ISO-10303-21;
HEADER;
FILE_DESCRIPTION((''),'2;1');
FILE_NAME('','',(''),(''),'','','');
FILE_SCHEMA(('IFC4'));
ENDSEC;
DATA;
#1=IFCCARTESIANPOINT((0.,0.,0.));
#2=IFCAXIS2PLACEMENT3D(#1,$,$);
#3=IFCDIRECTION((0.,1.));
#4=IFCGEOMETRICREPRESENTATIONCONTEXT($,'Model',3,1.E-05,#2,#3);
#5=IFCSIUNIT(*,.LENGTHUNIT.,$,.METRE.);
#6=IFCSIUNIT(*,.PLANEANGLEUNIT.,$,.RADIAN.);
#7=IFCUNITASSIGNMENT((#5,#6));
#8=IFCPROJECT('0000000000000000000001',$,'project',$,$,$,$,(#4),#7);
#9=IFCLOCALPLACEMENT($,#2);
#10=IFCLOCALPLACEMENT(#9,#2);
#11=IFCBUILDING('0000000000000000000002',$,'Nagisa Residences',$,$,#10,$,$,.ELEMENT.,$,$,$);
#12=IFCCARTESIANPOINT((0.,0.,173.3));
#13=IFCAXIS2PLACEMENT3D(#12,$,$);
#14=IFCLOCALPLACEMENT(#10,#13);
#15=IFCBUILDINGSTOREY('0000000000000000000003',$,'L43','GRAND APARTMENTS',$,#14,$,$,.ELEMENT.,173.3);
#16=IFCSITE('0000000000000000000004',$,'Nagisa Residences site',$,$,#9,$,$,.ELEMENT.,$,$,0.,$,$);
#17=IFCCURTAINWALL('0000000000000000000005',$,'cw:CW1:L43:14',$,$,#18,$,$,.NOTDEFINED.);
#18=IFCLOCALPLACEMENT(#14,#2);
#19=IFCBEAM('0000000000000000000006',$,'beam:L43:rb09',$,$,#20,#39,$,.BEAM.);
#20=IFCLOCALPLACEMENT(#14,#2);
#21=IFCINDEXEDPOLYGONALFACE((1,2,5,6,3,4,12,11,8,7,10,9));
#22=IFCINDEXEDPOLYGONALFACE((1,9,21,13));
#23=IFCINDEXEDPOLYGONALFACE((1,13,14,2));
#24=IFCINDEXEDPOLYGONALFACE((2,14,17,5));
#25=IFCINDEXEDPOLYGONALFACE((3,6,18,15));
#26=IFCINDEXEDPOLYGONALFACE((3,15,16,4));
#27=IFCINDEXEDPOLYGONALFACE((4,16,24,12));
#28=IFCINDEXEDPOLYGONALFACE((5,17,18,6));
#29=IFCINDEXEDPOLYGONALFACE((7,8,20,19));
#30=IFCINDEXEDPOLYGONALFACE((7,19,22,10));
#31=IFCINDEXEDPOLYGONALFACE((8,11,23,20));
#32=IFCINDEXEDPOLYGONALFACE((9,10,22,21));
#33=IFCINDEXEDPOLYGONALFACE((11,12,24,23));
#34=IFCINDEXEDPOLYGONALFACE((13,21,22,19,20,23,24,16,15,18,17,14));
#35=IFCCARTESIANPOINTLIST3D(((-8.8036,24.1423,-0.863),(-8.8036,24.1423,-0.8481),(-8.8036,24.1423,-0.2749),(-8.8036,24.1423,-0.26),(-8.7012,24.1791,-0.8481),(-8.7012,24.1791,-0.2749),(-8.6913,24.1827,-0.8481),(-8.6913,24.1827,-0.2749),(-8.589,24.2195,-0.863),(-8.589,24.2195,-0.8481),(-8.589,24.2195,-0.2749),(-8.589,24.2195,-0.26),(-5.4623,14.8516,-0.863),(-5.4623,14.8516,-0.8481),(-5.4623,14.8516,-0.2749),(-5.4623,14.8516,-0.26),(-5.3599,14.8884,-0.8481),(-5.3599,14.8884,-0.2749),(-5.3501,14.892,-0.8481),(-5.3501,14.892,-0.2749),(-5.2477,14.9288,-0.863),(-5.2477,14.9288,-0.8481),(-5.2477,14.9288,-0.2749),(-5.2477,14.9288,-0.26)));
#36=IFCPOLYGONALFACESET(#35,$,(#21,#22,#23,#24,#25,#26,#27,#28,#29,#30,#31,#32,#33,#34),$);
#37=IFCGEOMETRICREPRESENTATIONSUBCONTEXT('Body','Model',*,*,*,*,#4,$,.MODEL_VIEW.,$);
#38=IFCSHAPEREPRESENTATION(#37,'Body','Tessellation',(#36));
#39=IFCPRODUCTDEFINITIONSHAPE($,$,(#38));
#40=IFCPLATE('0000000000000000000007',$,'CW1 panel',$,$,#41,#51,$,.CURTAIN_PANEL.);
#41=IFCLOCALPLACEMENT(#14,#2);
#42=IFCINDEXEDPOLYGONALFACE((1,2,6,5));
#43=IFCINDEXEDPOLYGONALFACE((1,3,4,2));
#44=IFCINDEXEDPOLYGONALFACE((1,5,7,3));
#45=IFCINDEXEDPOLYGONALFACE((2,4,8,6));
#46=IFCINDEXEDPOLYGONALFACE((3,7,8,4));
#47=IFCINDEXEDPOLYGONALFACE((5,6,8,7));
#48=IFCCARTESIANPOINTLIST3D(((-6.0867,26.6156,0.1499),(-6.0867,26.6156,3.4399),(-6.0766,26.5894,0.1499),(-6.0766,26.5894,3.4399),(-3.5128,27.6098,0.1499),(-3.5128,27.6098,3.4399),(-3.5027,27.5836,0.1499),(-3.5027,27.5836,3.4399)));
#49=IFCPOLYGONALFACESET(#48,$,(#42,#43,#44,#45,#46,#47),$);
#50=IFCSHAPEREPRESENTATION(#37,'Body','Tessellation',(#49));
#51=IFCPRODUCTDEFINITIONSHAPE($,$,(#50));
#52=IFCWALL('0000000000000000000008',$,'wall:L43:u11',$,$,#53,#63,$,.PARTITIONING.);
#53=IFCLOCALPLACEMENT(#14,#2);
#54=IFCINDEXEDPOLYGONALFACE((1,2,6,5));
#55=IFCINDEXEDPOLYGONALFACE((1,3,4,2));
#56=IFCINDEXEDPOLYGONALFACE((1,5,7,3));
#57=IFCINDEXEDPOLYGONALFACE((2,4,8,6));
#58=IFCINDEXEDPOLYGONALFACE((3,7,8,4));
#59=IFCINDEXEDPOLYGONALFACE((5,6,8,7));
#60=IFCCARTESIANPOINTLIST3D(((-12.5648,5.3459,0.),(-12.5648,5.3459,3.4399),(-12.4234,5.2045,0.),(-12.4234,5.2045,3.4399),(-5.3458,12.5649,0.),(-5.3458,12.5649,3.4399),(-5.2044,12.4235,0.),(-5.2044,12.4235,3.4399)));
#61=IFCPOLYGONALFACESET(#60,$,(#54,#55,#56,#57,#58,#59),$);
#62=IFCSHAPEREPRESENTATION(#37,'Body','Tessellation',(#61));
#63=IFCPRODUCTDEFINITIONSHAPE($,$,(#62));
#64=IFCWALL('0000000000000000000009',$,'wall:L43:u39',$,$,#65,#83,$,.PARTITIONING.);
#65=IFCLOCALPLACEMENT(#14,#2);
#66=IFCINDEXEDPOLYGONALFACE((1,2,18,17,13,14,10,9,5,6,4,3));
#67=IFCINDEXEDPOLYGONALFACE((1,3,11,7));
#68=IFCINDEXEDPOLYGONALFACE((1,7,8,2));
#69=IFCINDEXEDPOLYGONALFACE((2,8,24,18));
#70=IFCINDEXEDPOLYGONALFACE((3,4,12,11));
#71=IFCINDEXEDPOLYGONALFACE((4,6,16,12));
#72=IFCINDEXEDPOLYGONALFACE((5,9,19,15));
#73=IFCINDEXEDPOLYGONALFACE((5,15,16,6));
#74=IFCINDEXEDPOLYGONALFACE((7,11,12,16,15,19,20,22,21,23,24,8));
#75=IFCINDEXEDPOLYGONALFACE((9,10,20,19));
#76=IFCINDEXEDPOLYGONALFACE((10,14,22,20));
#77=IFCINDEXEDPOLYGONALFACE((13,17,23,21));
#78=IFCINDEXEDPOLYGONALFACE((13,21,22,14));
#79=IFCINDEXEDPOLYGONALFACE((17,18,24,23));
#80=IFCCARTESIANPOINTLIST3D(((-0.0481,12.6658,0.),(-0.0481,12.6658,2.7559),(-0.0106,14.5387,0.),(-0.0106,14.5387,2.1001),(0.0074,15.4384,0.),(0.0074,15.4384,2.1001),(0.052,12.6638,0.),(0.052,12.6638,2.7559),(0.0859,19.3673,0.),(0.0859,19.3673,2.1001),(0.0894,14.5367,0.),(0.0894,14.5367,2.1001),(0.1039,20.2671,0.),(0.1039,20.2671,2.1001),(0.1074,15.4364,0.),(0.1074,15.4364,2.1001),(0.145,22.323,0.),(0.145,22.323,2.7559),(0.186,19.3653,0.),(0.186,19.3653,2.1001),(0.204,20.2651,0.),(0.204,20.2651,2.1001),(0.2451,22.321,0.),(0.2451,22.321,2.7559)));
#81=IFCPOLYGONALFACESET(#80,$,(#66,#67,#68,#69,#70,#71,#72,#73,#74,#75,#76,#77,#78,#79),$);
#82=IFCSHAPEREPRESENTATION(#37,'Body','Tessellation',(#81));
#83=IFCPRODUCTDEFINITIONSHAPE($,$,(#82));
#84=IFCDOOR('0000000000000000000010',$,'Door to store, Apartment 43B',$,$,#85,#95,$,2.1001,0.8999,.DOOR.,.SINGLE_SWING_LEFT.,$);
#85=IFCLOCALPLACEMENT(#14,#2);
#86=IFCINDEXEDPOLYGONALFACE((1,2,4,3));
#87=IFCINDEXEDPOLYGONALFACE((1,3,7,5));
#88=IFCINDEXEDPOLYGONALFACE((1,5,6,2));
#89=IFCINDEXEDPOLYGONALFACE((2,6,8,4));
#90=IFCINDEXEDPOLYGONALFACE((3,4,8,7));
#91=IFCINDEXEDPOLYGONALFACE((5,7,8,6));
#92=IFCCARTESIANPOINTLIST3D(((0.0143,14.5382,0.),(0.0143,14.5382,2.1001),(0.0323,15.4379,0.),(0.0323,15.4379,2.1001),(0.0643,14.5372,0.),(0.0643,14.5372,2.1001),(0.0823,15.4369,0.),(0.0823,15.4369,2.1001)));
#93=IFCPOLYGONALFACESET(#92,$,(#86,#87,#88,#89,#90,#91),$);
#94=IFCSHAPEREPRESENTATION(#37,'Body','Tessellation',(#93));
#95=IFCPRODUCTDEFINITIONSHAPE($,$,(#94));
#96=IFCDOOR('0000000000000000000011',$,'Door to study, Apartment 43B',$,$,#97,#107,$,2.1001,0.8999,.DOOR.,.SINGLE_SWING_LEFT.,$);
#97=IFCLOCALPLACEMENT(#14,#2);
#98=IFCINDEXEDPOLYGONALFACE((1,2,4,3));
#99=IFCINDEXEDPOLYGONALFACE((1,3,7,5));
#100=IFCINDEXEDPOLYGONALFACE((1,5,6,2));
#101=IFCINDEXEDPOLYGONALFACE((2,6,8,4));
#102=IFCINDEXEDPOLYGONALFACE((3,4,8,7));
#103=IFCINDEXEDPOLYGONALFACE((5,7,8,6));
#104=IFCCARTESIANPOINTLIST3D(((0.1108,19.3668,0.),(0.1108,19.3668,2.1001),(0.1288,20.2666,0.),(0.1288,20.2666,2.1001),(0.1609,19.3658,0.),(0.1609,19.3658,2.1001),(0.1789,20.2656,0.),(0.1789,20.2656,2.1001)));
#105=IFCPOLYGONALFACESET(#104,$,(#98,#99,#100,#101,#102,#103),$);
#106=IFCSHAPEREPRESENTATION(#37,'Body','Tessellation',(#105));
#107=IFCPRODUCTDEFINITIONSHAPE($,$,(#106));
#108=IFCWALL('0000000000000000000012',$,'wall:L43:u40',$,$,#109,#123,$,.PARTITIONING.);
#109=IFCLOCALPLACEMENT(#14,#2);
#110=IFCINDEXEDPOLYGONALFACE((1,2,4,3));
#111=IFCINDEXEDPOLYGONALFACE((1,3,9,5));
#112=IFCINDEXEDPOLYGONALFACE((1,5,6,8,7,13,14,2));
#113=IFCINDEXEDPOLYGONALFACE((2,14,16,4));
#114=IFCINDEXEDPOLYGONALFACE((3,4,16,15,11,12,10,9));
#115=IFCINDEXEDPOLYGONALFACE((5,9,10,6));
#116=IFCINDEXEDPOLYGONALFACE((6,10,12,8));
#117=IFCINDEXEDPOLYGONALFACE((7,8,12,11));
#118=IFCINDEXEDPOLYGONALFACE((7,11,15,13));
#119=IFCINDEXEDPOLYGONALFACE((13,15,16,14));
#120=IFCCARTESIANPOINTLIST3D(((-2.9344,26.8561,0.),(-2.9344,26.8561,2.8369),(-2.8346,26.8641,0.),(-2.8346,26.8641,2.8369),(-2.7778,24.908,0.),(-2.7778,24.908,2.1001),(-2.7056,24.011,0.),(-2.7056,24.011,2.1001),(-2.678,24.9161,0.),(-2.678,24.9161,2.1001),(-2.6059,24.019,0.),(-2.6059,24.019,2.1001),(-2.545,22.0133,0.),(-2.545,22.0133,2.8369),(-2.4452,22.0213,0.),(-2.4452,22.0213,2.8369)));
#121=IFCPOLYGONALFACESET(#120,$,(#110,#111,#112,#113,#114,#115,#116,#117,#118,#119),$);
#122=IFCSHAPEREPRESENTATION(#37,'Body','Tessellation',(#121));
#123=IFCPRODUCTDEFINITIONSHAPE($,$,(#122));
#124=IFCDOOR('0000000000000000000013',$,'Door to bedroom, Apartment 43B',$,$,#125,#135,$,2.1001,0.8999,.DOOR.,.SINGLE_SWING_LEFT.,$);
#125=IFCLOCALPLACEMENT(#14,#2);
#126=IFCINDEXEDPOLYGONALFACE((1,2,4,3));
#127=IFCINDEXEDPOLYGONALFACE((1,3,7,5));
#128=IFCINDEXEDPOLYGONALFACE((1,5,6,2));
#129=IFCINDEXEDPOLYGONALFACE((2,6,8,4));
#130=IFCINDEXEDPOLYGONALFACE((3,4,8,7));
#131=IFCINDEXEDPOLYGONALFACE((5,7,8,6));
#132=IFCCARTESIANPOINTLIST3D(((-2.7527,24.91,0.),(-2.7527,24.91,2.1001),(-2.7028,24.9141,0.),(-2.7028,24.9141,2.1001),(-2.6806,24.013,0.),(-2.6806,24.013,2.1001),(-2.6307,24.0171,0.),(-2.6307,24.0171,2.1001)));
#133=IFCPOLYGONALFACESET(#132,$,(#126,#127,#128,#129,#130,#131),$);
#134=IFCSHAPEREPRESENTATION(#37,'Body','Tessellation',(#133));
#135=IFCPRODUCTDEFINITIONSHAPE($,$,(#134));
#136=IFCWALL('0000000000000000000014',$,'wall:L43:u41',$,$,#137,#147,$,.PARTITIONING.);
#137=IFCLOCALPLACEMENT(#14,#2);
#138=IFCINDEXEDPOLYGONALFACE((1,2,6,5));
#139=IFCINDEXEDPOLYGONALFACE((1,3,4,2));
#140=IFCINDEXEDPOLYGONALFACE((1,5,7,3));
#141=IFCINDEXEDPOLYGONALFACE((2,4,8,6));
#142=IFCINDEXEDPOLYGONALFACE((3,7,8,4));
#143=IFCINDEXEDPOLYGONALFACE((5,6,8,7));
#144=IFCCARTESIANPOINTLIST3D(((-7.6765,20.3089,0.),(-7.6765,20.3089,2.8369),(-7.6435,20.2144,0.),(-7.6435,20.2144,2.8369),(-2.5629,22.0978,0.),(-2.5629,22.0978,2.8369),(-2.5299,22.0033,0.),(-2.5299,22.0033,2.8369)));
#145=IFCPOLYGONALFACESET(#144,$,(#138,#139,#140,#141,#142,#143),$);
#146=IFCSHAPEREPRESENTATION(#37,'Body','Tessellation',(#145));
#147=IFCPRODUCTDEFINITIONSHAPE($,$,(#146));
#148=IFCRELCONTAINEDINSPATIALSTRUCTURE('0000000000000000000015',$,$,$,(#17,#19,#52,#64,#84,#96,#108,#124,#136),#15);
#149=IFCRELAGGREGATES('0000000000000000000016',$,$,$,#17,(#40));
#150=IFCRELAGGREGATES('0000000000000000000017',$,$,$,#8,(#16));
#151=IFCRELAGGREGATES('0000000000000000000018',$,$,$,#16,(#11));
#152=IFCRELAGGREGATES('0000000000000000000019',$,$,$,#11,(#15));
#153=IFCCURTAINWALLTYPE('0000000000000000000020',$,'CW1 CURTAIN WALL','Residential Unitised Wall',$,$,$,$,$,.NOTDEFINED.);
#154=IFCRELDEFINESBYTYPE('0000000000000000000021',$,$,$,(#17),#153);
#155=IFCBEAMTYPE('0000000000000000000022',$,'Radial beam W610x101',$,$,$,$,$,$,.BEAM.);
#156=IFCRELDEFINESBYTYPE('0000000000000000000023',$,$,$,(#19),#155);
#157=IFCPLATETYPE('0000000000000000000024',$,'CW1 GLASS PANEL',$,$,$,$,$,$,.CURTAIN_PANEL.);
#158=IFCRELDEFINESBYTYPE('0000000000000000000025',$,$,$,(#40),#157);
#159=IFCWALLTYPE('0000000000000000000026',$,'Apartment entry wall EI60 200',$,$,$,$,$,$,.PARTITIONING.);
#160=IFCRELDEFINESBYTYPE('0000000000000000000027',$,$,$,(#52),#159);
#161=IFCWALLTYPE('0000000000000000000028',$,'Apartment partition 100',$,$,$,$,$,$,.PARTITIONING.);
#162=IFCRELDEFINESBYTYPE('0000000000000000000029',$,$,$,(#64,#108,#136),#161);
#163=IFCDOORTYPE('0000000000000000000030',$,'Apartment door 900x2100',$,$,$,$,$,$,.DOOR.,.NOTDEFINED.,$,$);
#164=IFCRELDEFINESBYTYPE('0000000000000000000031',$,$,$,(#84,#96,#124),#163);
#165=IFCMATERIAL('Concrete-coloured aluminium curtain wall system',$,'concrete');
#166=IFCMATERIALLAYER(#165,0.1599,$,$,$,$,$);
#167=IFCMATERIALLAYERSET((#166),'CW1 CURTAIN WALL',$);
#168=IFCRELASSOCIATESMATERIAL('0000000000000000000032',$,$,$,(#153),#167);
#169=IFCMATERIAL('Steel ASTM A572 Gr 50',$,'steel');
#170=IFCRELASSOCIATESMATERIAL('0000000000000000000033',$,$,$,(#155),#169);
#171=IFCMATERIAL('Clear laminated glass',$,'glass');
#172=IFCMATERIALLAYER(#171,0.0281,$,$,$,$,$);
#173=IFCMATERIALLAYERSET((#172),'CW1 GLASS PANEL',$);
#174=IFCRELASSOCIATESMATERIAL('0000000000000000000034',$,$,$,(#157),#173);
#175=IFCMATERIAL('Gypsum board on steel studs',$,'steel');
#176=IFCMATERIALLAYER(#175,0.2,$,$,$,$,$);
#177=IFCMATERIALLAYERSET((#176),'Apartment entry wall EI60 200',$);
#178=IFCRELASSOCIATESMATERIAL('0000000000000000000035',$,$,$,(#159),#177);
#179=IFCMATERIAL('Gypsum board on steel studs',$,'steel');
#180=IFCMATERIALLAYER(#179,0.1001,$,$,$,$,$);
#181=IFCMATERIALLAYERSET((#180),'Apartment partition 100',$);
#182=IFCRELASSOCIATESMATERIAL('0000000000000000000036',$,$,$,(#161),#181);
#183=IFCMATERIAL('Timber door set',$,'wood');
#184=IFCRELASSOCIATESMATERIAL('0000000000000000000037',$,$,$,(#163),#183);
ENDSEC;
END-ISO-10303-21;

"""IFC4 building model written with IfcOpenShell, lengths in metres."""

from ifc_helpers import new_model, si_unit, direction, frame, frame_2d, origin, origin_2d, place, context, subcontext, project, spatial, rectangle, i_section, extrude, material, layer, layer_set, material_profile, profile_set, type_object, element, fill, aggregate, save


model = new_model("IFC4")

# Units and contexts
model_context = context("Model", 3, precision=1e-05, world=origin(), true_north=direction((0.0, 1.0)))
body_context = subcontext(model_context, "Body", "Model", "MODEL_VIEW")
ifc_project = project(units=[si_unit("LENGTHUNIT", "METRE"), si_unit("PLANEANGLEUNIT", "RADIAN")], contexts=[model_context])

# Site, building, storey
site_placement = place(None, origin())
site = spatial("IfcSite", under=ifc_project, at=site_placement, Name="Nagisa Residences site", CompositionType="ELEMENT", RefElevation=0.0)
building_placement = place(site_placement, origin())
building = spatial("IfcBuilding", under=site, at=building_placement, Name="Nagisa Residences", CompositionType="ELEMENT")
storey_placement = place(building_placement, frame((0.0, 0.0, 173.3)))
storey = spatial("IfcBuildingStorey", under=building, at=storey_placement, Name="L43", Description="GRAND APARTMENTS", CompositionType="ELEMENT", Elevation=173.3)

# Curtain wall
ifc_material_1 = material(Name="Concrete-coloured aluminium curtain wall system", Category="concrete")
ifc_layer_1 = layer(ifc_material_1, 0.1599)
ifc_layer_set_1 = layer_set([ifc_layer_1], Name="CW1 CURTAIN WALL")
curtain_wall_type = type_object("IfcCurtainWallType", Name="CW1 CURTAIN WALL", Description="Residential Unitised Wall", PredefinedType="NOTDEFINED", material=ifc_layer_set_1)
curtain_wall_placement = place(storey_placement, origin())
curtain_wall = element("IfcCurtainWall", 1, at=curtain_wall_placement, inside=storey, type_object=curtain_wall_type, Name="cw:CW1:L43:14", PredefinedType="NOTDEFINED")

# Beam
ifc_material_2 = material(Name="Steel ASTM A572 Gr 50", Category="steel")
ifc_material_profile_1 = material_profile(ifc_material_2, i_section(OverallWidth=0.228, OverallDepth=0.603, WebThickness=0.0105, FlangeThickness=0.0149, at=origin_2d()), Name="W610x101")
ifc_profile_set_1 = profile_set([ifc_material_profile_1], Name="Steel ASTM A572 Gr 50")
beam_type_1 = type_object("IfcBeamType", Name="Radial beam W610x101", PredefinedType="BEAM", material=ifc_profile_set_1)
beam_1_placement = place(storey_placement, frame((-8.6963, 24.1809, -0.5615), z_axis=(0.338417, -0.940996, 0.0), x_axis=(0.940996, 0.338417, 0.0)))
element("IfcBeam", 2, at=beam_1_placement, inside=storey, type_object=beam_type_1, Name="beam:L43:rb09", PredefinedType="BEAM", context=body_context, shape_type="SweptSolid", body=[
    extrude(i_section(OverallWidth=0.228, OverallDepth=0.603, WebThickness=0.0105, FlangeThickness=0.0149, at=origin_2d()), origin(), (0.0, 0.0, 1.0), 9.8733),
])

# Plate
ifc_material_3 = material(Name="Clear laminated glass", Category="glass")
ifc_layer_2 = layer(ifc_material_3, 0.0281)
ifc_layer_set_2 = layer_set([ifc_layer_2], Name="CW1 GLASS PANEL")
plate_type = type_object("IfcPlateType", Name="CW1 GLASS PANEL", PredefinedType="CURTAIN_PANEL", material=ifc_layer_set_2)
plate_placement = place(storey_placement, frame((-4.7947, 27.0996, 0.1499), z_axis=(0.0, 0.0, 1.0), x_axis=(-0.932826, -0.360328, 0.0)))
plate = element("IfcPlate", 3, at=plate_placement, type_object=plate_type, Name="CW1 panel", PredefinedType="CURTAIN_PANEL", context=body_context, shape_type="SweptSolid", body=[
    extrude(rectangle(XDim=2.7593, YDim=0.0281, at=origin_2d()), origin(), (0.0, 0.0, 1.0), 3.29),
])
aggregate(curtain_wall, [plate])

# Wall
ifc_material_4 = material(Name="Gypsum board on steel studs", Category="steel")
ifc_layer_3 = layer(ifc_material_4, 0.2)
ifc_layer_set_3 = layer_set([ifc_layer_3], Name="Apartment entry wall EI60 200")
wall_type_1 = type_object("IfcWallType", Name="Apartment entry wall EI60 200", PredefinedType="PARTITIONING", material=ifc_layer_set_3)
wall_1_placement = place(storey_placement, frame((-5.2751, 12.4941, 0.0), z_axis=(0.0, 0.0, 1.0), x_axis=(-0.707107, -0.707107, 0.0)))
element("IfcWall", 4, at=wall_1_placement, inside=storey, type_object=wall_type_1, Name="wall:L43:u11", PredefinedType="PARTITIONING", context=body_context, shape_type="SweptSolid", body=[
    extrude(rectangle(XDim=10.2092, YDim=0.2, at=frame_2d((5.1045, 0.0))), origin(), (0.0, 0.0, 1.0), 3.4399),
])

# Wall, openings, doors
ifc_material_5 = material(Name="Gypsum board on steel studs", Category="steel")
ifc_layer_4 = layer(ifc_material_5, 0.1001)
ifc_layer_set_4 = layer_set([ifc_layer_4], Name="Apartment partition 100")
wall_type_2 = type_object("IfcWallType", Name="Apartment partition 100", PredefinedType="PARTITIONING", material=ifc_layer_set_4)
wall_2_placement = place(storey_placement, frame((0.002, 12.6648, 0.0), z_axis=(0.0, 0.0, 1.0), x_axis=(0.019993, 0.9998, 0.0)))
wall_2 = element("IfcWall", 5, at=wall_2_placement, inside=storey, type_object=wall_type_2, Name="wall:L43:u39", PredefinedType="PARTITIONING", context=body_context, shape_type="SweptSolid", body=[
    extrude(rectangle(XDim=9.6592, YDim=0.1001, at=frame_2d((4.8296, 0.0))), origin(), (0.0, 0.0, 1.0), 2.7559),
])
opening_1_placement = place(wall_2_placement, frame((1.8733, 0.0, 0.0)))
opening_1 = element("IfcOpeningElement", 6, at=opening_1_placement, cuts=wall_2, PredefinedType="OPENING", context=body_context, shape_type="SweptSolid", body=[
    extrude(rectangle(XDim=0.8999, YDim=2.1001, at=frame_2d((0.45, 1.05))), frame((0.0, 0.0601, 0.0), z_axis=(0.0, -1.0, 0.0), x_axis=(1.0, 0.0, 0.0)), (0.0, 0.0, 1.0), 0.1201),
])
opening_2_placement = place(wall_2_placement, frame((6.7029, 0.0, 0.0)))
opening_2 = element("IfcOpeningElement", 7, at=opening_2_placement, cuts=wall_2, PredefinedType="OPENING", context=body_context, shape_type="SweptSolid", body=[
    extrude(rectangle(XDim=0.8999, YDim=2.1001, at=frame_2d((0.45, 1.05))), frame((0.0, 0.0601, 0.0), z_axis=(0.0, -1.0, 0.0), x_axis=(1.0, 0.0, 0.0)), (0.0, 0.0, 1.0), 0.1201),
])
ifc_material_6 = material(Name="Timber door set", Category="wood")
door_type_1 = type_object("IfcDoorType", Name="Apartment door 900x2100", OperationType="NOTDEFINED", PredefinedType="DOOR", material=ifc_material_6)
door_1_placement = place(opening_1_placement, frame((0.8999, 0.0, 0.0), x_axis=(-1.0, 0.0, 0.0)))
door_1 = element("IfcDoor", 8, at=door_1_placement, inside=storey, type_object=door_type_1, Name="Door to store, Apartment 43B", OperationType="SINGLE_SWING_LEFT", OverallHeight=2.1001, OverallWidth=0.8999, PredefinedType="DOOR", context=body_context, shape_type="SweptSolid", body=[
    extrude(rectangle(XDim=0.8999, YDim=2.1001, at=frame_2d((0.45, 1.05))), frame((0.0, 0.0249, 0.0), z_axis=(0.0, -1.0, 0.0), x_axis=(1.0, 0.0, 0.0)), (0.0, 0.0, 1.0), 0.05),
])
fill(opening_1, door_1)
door_2_placement = place(opening_2_placement, frame((0.8999, 0.0, 0.0), x_axis=(-1.0, 0.0, 0.0)))
door_2 = element("IfcDoor", 9, at=door_2_placement, inside=storey, type_object=door_type_1, Name="Door to study, Apartment 43B", OperationType="SINGLE_SWING_LEFT", OverallHeight=2.1001, OverallWidth=0.8999, PredefinedType="DOOR", context=body_context, shape_type="SweptSolid", body=[
    extrude(rectangle(XDim=0.8999, YDim=2.1001, at=frame_2d((0.45, 1.05))), frame((0.0, 0.0249, 0.0), z_axis=(0.0, -1.0, 0.0), x_axis=(1.0, 0.0, 0.0)), (0.0, 0.0, 1.0), 0.05),
])
fill(opening_2, door_2)

# Wall, opening, door
wall_3_placement = place(storey_placement, frame((-2.4951, 22.0173, 0.0), z_axis=(0.0, 0.0, 1.0), x_axis=(-0.080151, 0.996783, 0.0)))
wall_3 = element("IfcWall", 10, at=wall_3_placement, inside=storey, type_object=wall_type_2, Name="wall:L43:u40", PredefinedType="PARTITIONING", context=body_context, shape_type="SweptSolid", body=[
    extrude(rectangle(XDim=4.8584, YDim=0.1001, at=frame_2d((2.4292, 0.0))), origin(), (0.0, 0.0, 1.0), 2.8369),
])
opening_3_placement = place(wall_3_placement, frame((2.0042, 0.0, 0.0)))
opening_3 = element("IfcOpeningElement", 11, at=opening_3_placement, cuts=wall_3, PredefinedType="OPENING", context=body_context, shape_type="SweptSolid", body=[
    extrude(rectangle(XDim=0.8999, YDim=2.1001, at=frame_2d((0.45, 1.05))), frame((0.0, 0.0601, 0.0), z_axis=(0.0, -1.0, 0.0), x_axis=(1.0, 0.0, 0.0)), (0.0, 0.0, 1.0), 0.1201),
])
door_3_placement = place(opening_3_placement, origin())
door_3 = element("IfcDoor", 12, at=door_3_placement, inside=storey, type_object=door_type_1, Name="Door to bedroom, Apartment 43B", OperationType="SINGLE_SWING_LEFT", OverallHeight=2.1001, OverallWidth=0.8999, PredefinedType="DOOR", context=body_context, shape_type="SweptSolid", body=[
    extrude(rectangle(XDim=0.8999, YDim=2.1001, at=frame_2d((0.45, 1.05))), frame((0.0, 0.0249, 0.0), z_axis=(0.0, -1.0, 0.0), x_axis=(1.0, 0.0, 0.0)), (0.0, 0.0, 1.0), 0.05),
])
fill(opening_3, door_3)

# Wall
wall_4_placement = place(storey_placement, frame((-2.5464, 22.0505, 0.0), z_axis=(0.0, 0.0, 1.0), x_axis=(-0.943911, -0.3302, 0.0)))
element("IfcWall", 13, at=wall_4_placement, inside=storey, type_object=wall_type_2, Name="wall:L43:u41", PredefinedType="PARTITIONING", context=body_context, shape_type="SweptSolid", body=[
    extrude(rectangle(XDim=5.4175, YDim=0.1001, at=frame_2d((2.7087, 0.0))), origin(), (0.0, 0.0, 1.0), 2.8369),
])

save(model, "model.ifc")
